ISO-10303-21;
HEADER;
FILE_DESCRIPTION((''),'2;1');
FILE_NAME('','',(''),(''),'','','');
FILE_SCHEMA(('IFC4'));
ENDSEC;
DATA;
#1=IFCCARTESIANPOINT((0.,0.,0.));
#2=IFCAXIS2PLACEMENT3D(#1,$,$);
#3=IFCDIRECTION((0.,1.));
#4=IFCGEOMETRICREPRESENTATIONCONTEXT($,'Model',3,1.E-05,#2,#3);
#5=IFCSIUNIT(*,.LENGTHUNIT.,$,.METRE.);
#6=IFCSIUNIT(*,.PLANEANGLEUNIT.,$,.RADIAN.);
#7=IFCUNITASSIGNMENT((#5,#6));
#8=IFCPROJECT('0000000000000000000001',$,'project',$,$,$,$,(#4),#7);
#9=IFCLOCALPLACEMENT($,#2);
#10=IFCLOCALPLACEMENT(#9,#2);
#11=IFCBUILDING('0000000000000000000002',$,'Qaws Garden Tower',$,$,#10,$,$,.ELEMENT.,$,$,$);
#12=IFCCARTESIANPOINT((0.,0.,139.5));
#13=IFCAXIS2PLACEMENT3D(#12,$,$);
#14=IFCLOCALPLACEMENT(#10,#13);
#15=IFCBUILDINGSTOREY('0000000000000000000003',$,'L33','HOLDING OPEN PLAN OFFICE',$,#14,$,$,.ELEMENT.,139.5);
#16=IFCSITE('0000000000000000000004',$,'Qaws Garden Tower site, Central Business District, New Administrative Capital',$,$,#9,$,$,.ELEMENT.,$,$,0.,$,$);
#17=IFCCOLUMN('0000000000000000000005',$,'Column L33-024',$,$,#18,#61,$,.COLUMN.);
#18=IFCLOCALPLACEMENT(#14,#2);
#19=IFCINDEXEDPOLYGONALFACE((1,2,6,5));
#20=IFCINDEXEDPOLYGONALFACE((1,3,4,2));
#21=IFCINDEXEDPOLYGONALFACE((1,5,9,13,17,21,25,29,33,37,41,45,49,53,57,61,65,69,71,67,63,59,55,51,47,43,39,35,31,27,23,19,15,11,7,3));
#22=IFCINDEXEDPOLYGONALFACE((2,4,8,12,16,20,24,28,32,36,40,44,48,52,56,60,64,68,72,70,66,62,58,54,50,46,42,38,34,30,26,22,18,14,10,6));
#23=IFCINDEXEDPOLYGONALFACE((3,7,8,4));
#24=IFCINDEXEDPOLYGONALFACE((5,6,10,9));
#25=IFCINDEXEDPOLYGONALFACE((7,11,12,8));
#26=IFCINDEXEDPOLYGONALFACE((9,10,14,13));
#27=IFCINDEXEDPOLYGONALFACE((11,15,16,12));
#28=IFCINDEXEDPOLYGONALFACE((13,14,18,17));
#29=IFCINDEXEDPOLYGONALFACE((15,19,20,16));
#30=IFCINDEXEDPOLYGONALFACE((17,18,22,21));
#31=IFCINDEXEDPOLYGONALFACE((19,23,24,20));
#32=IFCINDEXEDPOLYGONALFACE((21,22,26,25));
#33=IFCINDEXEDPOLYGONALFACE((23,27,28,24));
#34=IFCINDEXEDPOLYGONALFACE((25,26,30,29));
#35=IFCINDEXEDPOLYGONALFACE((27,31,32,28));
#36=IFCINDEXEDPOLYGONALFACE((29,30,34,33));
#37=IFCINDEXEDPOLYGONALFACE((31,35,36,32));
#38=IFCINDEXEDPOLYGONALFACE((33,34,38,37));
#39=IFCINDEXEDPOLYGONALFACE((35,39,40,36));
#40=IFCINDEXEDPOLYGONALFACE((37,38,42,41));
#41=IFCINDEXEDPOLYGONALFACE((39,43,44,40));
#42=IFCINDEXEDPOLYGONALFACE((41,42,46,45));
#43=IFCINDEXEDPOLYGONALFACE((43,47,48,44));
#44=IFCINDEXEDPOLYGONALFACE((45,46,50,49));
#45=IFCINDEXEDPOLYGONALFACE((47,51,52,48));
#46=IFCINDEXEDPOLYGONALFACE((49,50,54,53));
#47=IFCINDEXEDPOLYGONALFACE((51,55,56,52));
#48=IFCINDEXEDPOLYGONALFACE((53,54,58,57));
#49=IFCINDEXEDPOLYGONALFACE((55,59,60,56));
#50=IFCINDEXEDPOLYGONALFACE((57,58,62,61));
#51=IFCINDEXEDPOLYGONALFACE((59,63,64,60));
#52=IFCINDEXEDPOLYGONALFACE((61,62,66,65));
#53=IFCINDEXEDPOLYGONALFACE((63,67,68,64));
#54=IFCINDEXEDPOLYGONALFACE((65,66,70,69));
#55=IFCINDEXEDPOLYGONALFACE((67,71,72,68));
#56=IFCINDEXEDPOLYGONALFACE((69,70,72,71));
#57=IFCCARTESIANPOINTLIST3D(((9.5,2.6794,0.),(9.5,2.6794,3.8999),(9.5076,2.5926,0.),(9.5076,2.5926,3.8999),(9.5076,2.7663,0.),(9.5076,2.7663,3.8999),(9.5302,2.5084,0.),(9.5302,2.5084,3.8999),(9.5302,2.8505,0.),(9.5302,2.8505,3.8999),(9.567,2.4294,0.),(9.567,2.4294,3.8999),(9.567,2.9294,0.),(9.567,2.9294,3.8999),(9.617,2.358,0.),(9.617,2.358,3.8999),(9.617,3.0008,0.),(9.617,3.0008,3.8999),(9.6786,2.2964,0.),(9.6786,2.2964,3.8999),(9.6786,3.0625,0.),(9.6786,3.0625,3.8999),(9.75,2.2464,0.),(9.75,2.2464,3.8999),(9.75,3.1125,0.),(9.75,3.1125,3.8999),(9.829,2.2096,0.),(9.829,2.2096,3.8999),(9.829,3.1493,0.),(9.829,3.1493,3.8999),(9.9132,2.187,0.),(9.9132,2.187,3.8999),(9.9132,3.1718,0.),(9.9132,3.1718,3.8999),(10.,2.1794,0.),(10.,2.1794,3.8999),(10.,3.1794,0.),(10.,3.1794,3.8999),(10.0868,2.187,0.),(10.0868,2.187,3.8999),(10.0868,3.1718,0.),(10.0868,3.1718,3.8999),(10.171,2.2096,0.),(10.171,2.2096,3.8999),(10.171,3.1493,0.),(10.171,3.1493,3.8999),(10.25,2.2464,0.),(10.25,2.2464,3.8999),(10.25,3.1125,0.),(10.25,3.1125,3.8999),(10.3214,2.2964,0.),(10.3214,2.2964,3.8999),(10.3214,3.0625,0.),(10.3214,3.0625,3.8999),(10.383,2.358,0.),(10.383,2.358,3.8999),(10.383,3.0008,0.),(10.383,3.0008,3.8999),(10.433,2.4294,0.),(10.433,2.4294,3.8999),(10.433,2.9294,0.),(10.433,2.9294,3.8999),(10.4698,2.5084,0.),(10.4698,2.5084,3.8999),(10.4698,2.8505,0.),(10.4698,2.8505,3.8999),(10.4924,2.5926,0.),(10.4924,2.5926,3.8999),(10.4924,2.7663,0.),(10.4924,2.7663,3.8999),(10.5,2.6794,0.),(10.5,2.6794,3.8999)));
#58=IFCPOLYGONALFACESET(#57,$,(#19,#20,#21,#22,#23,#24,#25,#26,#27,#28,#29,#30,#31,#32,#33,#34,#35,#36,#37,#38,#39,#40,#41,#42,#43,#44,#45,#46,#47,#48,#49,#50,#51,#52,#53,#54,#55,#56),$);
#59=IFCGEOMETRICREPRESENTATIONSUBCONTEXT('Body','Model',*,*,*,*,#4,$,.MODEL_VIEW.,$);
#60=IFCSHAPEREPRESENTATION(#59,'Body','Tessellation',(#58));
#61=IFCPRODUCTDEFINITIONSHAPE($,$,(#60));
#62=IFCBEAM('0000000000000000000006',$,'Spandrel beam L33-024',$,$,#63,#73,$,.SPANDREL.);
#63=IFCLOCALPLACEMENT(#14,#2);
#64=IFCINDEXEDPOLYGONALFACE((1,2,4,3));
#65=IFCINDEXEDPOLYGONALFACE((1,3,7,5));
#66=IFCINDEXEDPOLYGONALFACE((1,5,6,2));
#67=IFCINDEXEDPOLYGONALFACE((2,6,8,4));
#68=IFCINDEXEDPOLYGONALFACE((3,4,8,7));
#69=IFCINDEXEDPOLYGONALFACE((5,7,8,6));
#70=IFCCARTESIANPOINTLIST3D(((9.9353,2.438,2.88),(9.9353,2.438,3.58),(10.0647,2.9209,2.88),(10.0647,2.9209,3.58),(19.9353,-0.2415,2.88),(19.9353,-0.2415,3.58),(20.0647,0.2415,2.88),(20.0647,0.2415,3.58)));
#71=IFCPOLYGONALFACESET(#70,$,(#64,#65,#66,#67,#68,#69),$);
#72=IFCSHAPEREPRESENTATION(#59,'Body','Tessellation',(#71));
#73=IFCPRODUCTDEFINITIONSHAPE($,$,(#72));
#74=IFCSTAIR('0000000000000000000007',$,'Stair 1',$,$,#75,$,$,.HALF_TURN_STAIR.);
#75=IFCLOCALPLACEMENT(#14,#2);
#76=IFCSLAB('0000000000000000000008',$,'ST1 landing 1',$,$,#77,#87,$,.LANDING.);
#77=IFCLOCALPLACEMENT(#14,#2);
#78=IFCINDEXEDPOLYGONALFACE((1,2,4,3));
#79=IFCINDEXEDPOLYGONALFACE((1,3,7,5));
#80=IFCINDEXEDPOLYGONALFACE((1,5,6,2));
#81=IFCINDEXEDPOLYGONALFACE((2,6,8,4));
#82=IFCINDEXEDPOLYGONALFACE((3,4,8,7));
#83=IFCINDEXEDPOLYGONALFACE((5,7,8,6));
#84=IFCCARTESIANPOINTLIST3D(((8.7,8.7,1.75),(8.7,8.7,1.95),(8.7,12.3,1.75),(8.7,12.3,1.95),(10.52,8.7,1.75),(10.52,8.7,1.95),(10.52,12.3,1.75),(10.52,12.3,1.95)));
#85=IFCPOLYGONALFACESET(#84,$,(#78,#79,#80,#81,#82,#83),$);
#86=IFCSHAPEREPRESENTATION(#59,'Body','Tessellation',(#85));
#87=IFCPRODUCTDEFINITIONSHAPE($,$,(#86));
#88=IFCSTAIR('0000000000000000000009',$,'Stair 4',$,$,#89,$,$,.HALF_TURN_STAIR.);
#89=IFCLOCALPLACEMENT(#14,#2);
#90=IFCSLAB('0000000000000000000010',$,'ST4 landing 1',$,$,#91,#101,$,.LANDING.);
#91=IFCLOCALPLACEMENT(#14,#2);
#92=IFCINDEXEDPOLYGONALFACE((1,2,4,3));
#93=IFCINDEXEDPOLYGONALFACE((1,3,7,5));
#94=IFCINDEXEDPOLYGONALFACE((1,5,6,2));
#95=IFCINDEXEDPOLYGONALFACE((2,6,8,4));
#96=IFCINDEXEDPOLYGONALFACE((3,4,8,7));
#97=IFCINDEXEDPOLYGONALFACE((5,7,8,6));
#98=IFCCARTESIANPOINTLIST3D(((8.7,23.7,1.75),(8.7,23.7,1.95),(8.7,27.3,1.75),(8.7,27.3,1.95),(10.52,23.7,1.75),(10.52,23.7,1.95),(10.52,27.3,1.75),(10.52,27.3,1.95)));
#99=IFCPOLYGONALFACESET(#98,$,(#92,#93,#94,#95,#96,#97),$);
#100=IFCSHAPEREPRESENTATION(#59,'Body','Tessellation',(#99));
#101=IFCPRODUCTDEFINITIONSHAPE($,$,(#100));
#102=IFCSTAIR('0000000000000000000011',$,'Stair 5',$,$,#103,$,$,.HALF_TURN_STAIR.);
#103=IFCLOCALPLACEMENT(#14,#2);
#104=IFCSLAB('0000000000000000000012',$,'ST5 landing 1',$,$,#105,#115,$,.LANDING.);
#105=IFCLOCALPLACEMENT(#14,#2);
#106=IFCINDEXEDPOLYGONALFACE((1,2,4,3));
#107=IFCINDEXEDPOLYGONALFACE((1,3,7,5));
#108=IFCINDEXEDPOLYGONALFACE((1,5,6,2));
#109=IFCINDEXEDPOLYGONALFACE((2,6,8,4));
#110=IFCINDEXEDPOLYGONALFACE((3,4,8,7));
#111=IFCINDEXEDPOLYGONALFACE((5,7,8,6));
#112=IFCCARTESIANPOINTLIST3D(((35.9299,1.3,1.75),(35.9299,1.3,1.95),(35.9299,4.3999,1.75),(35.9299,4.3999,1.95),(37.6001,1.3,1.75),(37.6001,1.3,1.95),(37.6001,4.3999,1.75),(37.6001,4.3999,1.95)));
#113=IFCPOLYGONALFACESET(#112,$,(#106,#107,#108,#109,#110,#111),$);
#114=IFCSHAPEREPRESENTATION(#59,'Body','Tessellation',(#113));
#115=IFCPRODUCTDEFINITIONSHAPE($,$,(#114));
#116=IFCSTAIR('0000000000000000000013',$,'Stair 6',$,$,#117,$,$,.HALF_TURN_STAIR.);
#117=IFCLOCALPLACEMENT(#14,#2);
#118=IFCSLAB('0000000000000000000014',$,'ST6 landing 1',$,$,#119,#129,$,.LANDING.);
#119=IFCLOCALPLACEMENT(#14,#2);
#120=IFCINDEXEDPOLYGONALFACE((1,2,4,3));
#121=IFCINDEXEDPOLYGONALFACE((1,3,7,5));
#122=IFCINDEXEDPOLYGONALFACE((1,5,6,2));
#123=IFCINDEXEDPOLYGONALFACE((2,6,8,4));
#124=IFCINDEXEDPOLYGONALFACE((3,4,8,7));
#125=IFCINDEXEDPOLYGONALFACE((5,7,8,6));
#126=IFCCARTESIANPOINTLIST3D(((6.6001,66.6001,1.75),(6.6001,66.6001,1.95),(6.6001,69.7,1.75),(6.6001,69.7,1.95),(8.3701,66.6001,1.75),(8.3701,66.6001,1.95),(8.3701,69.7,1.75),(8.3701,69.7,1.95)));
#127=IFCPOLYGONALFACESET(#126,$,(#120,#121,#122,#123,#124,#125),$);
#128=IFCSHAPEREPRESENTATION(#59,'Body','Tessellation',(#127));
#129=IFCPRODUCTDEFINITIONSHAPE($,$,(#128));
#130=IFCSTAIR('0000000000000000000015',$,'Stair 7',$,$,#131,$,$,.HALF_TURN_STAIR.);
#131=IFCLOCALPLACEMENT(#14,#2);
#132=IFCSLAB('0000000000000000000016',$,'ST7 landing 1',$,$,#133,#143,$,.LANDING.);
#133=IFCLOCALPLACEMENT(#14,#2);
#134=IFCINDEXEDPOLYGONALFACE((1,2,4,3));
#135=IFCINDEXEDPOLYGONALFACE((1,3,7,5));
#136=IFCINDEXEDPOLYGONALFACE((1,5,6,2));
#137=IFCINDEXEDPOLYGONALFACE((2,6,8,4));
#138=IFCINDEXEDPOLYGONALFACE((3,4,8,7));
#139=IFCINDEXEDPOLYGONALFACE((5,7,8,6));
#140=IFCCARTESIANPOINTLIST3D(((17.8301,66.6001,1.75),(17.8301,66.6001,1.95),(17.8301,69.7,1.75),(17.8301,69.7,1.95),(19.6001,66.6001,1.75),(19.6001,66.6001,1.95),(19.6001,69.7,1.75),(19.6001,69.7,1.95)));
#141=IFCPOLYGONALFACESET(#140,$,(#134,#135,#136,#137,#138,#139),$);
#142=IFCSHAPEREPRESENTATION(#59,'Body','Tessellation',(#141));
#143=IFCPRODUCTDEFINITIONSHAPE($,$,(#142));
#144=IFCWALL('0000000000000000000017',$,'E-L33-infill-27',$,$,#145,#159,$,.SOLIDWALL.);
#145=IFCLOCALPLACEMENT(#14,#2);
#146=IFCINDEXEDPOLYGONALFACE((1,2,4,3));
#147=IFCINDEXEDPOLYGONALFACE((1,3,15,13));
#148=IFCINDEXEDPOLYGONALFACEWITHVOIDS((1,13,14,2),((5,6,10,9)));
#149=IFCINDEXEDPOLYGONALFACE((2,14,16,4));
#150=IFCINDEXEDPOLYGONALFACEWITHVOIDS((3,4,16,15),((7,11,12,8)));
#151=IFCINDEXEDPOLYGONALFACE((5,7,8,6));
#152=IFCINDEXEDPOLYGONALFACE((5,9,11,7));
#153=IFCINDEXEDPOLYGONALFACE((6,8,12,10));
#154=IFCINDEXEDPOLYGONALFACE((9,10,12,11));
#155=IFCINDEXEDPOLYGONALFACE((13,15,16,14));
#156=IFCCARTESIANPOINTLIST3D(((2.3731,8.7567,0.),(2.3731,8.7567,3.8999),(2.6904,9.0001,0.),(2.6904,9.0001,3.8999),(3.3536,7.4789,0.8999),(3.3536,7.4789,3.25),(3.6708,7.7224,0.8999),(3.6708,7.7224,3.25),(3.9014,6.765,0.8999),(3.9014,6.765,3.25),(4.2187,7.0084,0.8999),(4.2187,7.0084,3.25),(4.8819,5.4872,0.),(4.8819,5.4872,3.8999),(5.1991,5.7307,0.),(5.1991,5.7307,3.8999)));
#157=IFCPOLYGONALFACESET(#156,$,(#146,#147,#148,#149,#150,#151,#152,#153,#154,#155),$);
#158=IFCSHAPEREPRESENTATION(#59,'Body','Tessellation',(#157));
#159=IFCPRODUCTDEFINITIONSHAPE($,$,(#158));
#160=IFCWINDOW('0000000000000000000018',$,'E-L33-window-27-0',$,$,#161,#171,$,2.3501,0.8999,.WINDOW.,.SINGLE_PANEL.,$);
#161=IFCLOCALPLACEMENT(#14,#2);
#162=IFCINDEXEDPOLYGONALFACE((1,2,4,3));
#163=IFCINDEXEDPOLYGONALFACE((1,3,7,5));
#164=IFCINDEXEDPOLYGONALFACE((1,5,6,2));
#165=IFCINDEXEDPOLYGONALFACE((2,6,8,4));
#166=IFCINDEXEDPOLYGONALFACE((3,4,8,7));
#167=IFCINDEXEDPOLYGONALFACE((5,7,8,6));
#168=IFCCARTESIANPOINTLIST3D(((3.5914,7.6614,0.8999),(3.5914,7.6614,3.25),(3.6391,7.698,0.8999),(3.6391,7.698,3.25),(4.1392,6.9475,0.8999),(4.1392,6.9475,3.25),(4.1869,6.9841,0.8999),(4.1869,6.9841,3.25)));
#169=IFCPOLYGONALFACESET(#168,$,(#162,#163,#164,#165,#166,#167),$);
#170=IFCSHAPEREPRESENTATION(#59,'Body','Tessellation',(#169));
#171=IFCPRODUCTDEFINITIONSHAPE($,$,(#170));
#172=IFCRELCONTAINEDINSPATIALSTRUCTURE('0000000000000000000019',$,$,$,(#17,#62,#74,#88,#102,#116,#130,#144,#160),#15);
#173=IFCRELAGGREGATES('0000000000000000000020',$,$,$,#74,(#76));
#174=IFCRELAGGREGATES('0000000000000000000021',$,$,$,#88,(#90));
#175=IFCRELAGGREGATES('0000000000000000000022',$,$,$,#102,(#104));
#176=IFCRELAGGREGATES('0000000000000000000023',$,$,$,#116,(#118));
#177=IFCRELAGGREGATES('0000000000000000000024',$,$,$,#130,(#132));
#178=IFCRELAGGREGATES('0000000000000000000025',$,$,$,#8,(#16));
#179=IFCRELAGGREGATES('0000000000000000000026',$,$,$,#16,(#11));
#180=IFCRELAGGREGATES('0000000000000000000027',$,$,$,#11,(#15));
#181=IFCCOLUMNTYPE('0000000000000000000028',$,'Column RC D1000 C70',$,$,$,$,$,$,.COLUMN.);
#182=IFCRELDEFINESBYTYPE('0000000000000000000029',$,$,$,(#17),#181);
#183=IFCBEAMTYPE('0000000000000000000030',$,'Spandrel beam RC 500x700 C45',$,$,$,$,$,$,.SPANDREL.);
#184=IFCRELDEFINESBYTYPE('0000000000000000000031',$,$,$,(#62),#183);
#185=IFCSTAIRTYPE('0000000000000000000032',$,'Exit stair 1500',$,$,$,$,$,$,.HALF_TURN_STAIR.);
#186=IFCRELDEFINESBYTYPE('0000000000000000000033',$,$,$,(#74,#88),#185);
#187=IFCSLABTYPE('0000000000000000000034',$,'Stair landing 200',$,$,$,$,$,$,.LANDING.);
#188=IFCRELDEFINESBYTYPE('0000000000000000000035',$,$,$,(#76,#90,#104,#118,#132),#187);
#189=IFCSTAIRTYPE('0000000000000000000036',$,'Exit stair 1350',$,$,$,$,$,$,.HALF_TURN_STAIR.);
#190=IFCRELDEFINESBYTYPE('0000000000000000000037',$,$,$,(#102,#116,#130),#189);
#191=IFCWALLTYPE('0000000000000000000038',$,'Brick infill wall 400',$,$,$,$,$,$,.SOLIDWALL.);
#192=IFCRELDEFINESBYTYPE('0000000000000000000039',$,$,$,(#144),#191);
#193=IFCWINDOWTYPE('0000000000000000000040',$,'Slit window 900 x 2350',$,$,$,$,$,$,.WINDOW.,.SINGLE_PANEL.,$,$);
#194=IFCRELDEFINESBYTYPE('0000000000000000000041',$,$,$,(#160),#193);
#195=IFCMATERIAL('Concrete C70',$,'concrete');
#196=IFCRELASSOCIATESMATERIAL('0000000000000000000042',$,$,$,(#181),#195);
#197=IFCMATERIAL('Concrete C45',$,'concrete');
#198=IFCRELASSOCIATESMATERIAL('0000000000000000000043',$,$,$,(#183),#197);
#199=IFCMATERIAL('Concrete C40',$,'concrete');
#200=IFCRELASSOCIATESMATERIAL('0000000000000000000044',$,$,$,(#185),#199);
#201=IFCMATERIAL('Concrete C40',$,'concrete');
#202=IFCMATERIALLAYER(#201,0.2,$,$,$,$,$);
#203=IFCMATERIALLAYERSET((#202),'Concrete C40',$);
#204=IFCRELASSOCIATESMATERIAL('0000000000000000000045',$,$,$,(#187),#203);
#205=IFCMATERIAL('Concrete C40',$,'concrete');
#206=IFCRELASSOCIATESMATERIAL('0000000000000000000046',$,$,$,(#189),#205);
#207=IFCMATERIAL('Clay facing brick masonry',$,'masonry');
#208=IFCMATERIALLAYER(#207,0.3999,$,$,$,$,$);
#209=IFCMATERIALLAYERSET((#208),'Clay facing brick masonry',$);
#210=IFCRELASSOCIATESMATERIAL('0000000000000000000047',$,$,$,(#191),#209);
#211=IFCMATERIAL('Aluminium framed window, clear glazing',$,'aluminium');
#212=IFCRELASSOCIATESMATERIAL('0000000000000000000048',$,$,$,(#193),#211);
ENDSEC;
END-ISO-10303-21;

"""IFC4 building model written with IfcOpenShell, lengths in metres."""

from ifc_helpers import new_model, si_unit, direction, frame, frame_2d, origin, origin_2d, place, context, subcontext, project, spatial, polyline, rectangle, circle, outline, extrude, material, layer, layer_set, material_profile, profile_set, type_object, element, fill, aggregate, save


model = new_model("IFC4")

# Units and contexts
model_context = context("Model", 3, precision=1e-05, world=origin(), true_north=direction((0.0, 1.0)))
body_context = subcontext(model_context, "Body", "Model", "MODEL_VIEW")
ifc_project = project(units=[si_unit("LENGTHUNIT", "METRE"), si_unit("PLANEANGLEUNIT", "RADIAN")], contexts=[model_context])

# Site, building, storey
site_placement = place(None, origin())
site = spatial("IfcSite", under=ifc_project, at=site_placement, Name="Qaws Garden Tower site, Central Business District, New Administrative Capital", CompositionType="ELEMENT", RefElevation=0.0)
building_placement = place(site_placement, origin())
building = spatial("IfcBuilding", under=site, at=building_placement, Name="Qaws Garden Tower", CompositionType="ELEMENT")
storey_placement = place(building_placement, frame((0.0, 0.0, 139.5)))
storey = spatial("IfcBuildingStorey", under=building, at=storey_placement, Name="L33", Description="HOLDING OPEN PLAN OFFICE", CompositionType="ELEMENT", Elevation=139.5)

# Column
ifc_material_1 = material(Name="Concrete C70", Category="concrete")
ifc_material_profile_1 = material_profile(ifc_material_1, circle(Radius=0.5, at=origin_2d()), Name="RC D1000")
ifc_profile_set_1 = profile_set([ifc_material_profile_1], Name="Concrete C70")
column_type = type_object("IfcColumnType", Name="Column RC D1000 C70", PredefinedType="COLUMN", material=ifc_profile_set_1)
column_placement = place(storey_placement, frame((10.0, 2.6794, 0.0), z_axis=(0.0, 0.0, 1.0), x_axis=(1.0, 0.0, 0.0)))
element("IfcColumn", 1, at=column_placement, inside=storey, type_object=column_type, Name="Column L33-024", PredefinedType="COLUMN", context=body_context, shape_type="SweptSolid", body=[
    extrude(circle(Radius=0.5, at=origin_2d()), origin(), (0.0, 0.0, 1.0), 3.8999),
])

# Beam
ifc_material_2 = material(Name="Concrete C45", Category="concrete")
ifc_material_profile_2 = material_profile(ifc_material_2, rectangle(XDim=0.5, YDim=0.7, at=origin_2d()), Name="RC 500x700")
ifc_profile_set_2 = profile_set([ifc_material_profile_2], Name="Concrete C45")
beam_type = type_object("IfcBeamType", Name="Spandrel beam RC 500x700 C45", PredefinedType="SPANDREL", material=ifc_profile_set_2)
beam_placement = place(storey_placement, frame((10.0, 2.6794, 3.23), z_axis=(0.965927, -0.258815, 0.0), x_axis=(0.258815, 0.965927, 0.0)))
element("IfcBeam", 2, at=beam_placement, inside=storey, type_object=beam_type, Name="Spandrel beam L33-024", PredefinedType="SPANDREL", context=body_context, shape_type="SweptSolid", body=[
    extrude(rectangle(XDim=0.5, YDim=0.7, at=origin_2d()), origin(), (0.0, 0.0, 1.0), 10.3528),
])

# Stairs, slabs
ifc_material_3 = material(Name="Concrete C40", Category="concrete")
stair_type_1 = type_object("IfcStairType", Name="Exit stair 1500", PredefinedType="HALF_TURN_STAIR", material=ifc_material_3)
placement_1 = place(storey_placement, origin())
stair_1 = element("IfcStair", 3, at=placement_1, inside=storey, type_object=stair_type_1, Name="Stair 1", PredefinedType="HALF_TURN_STAIR")
ifc_material_4 = material(Name="Concrete C40", Category="concrete")
ifc_layer_1 = layer(ifc_material_4, 0.2)
ifc_layer_set_1 = layer_set([ifc_layer_1], Name="Concrete C40")
slab_type = type_object("IfcSlabType", Name="Stair landing 200", PredefinedType="LANDING", material=ifc_layer_set_1)
placement_2 = place(storey_placement, frame((0.0, 0.0, 1.75)))
slab_1 = element("IfcSlab", 4, at=placement_2, type_object=slab_type, Name="ST1 landing 1", PredefinedType="LANDING", context=body_context, shape_type="SweptSolid", body=[
    extrude(outline(polyline([(8.7, 8.7), (10.52, 8.7), (10.52, 12.3), (8.7, 12.3), (8.7, 8.7)])), origin(), (0.0, 0.0, 1.0), 0.2),
])
aggregate(stair_1, [slab_1])
stair_2 = element("IfcStair", 5, at=placement_1, inside=storey, type_object=stair_type_1, Name="Stair 4", PredefinedType="HALF_TURN_STAIR")
slab_2 = element("IfcSlab", 6, at=placement_2, type_object=slab_type, Name="ST4 landing 1", PredefinedType="LANDING", context=body_context, shape_type="SweptSolid", body=[
    extrude(outline(polyline([(8.7, 23.7), (10.52, 23.7), (10.52, 27.3), (8.7, 27.3), (8.7, 23.7)])), origin(), (0.0, 0.0, 1.0), 0.2),
])
aggregate(stair_2, [slab_2])
ifc_material_5 = material(Name="Concrete C40", Category="concrete")
stair_type_2 = type_object("IfcStairType", Name="Exit stair 1350", PredefinedType="HALF_TURN_STAIR", material=ifc_material_5)
stair_3 = element("IfcStair", 7, at=placement_1, inside=storey, type_object=stair_type_2, Name="Stair 5", PredefinedType="HALF_TURN_STAIR")
slab_3 = element("IfcSlab", 8, at=placement_2, type_object=slab_type, Name="ST5 landing 1", PredefinedType="LANDING", context=body_context, shape_type="SweptSolid", body=[
    extrude(outline(polyline([(35.9299, 1.3), (37.6001, 1.3), (37.6001, 4.3999), (35.9299, 4.3999), (35.9299, 1.3)])), origin(), (0.0, 0.0, 1.0), 0.2),
])
aggregate(stair_3, [slab_3])
stair_4 = element("IfcStair", 9, at=placement_1, inside=storey, type_object=stair_type_2, Name="Stair 6", PredefinedType="HALF_TURN_STAIR")
slab_4 = element("IfcSlab", 10, at=placement_2, type_object=slab_type, Name="ST6 landing 1", PredefinedType="LANDING", context=body_context, shape_type="SweptSolid", body=[
    extrude(outline(polyline([(6.6001, 66.6001), (8.3701, 66.6001), (8.3701, 69.7), (6.6001, 69.7), (6.6001, 66.6001)])), origin(), (0.0, 0.0, 1.0), 0.2),
])
aggregate(stair_4, [slab_4])
stair_5 = element("IfcStair", 11, at=placement_1, inside=storey, type_object=stair_type_2, Name="Stair 7", PredefinedType="HALF_TURN_STAIR")
slab_5 = element("IfcSlab", 12, at=placement_2, type_object=slab_type, Name="ST7 landing 1", PredefinedType="LANDING", context=body_context, shape_type="SweptSolid", body=[
    extrude(outline(polyline([(17.8301, 66.6001), (19.6001, 66.6001), (19.6001, 69.7), (17.8301, 69.7), (17.8301, 66.6001)])), origin(), (0.0, 0.0, 1.0), 0.2),
])
aggregate(stair_5, [slab_5])

# Wall, opening, window
ifc_material_6 = material(Name="Clay facing brick masonry", Category="masonry")
ifc_layer_2 = layer(ifc_material_6, 0.3999)
ifc_layer_set_2 = layer_set([ifc_layer_2], Name="Clay facing brick masonry")
wall_type_1 = type_object("IfcWallType", Name="Brick infill wall 400", PredefinedType="SOLIDWALL", material=ifc_layer_set_2)
wall_1_placement = place(storey_placement, frame((2.5317, 8.8784, 0.0), z_axis=(0.0, 0.0, 1.0), x_axis=(0.60876, -0.793355, 0.0)))
wall_1 = element("IfcWall", 13, at=wall_1_placement, inside=storey, type_object=wall_type_1, Name="E-L33-infill-27", PredefinedType="SOLIDWALL", context=body_context, shape_type="SweptSolid", body=[
    extrude(rectangle(XDim=4.1211, YDim=0.3999, at=frame_2d((2.0605, 0.0))), origin(), (0.0, 0.0, 1.0), 3.8999),
])
opening_1_placement = place(wall_1_placement, frame((1.6106, 0.0, 0.8999)))
opening_1 = element("IfcOpeningElement", 14, at=opening_1_placement, cuts=wall_1, PredefinedType="OPENING", context=body_context, shape_type="SweptSolid", body=[
    extrude(rectangle(XDim=0.8999, YDim=2.3501, at=frame_2d((0.45, 1.175))), frame((0.0, 0.21, 0.0), z_axis=(0.0, -1.0, 0.0), x_axis=(1.0, 0.0, 0.0)), (0.0, 0.0, 1.0), 0.4199),
])
ifc_material_7 = material(Name="Aluminium framed window, clear glazing", Category="aluminium")
window_type = type_object("IfcWindowType", Name="Slit window 900 x 2350", PartitioningType="SINGLE_PANEL", PredefinedType="WINDOW", material=ifc_material_7)
window_1_placement = place(opening_1_placement, origin())
window_1 = element("IfcWindow", 15, at=window_1_placement, inside=storey, type_object=window_type, Name="E-L33-window-27-0", OverallHeight=2.3501, OverallWidth=0.8999, PartitioningType="SINGLE_PANEL", PredefinedType="WINDOW", context=body_context, shape_type="SweptSolid", body=[
    extrude(rectangle(XDim=0.8999, YDim=2.3501, at=frame_2d((0.45, 1.175))), frame((0.0, 0.1599, 0.0), z_axis=(0.0, -1.0, 0.0), x_axis=(1.0, 0.0, 0.0)), (0.0, 0.0, 1.0), 0.0601),
])
fill(opening_1, window_1)

save(model, "model.ifc")
